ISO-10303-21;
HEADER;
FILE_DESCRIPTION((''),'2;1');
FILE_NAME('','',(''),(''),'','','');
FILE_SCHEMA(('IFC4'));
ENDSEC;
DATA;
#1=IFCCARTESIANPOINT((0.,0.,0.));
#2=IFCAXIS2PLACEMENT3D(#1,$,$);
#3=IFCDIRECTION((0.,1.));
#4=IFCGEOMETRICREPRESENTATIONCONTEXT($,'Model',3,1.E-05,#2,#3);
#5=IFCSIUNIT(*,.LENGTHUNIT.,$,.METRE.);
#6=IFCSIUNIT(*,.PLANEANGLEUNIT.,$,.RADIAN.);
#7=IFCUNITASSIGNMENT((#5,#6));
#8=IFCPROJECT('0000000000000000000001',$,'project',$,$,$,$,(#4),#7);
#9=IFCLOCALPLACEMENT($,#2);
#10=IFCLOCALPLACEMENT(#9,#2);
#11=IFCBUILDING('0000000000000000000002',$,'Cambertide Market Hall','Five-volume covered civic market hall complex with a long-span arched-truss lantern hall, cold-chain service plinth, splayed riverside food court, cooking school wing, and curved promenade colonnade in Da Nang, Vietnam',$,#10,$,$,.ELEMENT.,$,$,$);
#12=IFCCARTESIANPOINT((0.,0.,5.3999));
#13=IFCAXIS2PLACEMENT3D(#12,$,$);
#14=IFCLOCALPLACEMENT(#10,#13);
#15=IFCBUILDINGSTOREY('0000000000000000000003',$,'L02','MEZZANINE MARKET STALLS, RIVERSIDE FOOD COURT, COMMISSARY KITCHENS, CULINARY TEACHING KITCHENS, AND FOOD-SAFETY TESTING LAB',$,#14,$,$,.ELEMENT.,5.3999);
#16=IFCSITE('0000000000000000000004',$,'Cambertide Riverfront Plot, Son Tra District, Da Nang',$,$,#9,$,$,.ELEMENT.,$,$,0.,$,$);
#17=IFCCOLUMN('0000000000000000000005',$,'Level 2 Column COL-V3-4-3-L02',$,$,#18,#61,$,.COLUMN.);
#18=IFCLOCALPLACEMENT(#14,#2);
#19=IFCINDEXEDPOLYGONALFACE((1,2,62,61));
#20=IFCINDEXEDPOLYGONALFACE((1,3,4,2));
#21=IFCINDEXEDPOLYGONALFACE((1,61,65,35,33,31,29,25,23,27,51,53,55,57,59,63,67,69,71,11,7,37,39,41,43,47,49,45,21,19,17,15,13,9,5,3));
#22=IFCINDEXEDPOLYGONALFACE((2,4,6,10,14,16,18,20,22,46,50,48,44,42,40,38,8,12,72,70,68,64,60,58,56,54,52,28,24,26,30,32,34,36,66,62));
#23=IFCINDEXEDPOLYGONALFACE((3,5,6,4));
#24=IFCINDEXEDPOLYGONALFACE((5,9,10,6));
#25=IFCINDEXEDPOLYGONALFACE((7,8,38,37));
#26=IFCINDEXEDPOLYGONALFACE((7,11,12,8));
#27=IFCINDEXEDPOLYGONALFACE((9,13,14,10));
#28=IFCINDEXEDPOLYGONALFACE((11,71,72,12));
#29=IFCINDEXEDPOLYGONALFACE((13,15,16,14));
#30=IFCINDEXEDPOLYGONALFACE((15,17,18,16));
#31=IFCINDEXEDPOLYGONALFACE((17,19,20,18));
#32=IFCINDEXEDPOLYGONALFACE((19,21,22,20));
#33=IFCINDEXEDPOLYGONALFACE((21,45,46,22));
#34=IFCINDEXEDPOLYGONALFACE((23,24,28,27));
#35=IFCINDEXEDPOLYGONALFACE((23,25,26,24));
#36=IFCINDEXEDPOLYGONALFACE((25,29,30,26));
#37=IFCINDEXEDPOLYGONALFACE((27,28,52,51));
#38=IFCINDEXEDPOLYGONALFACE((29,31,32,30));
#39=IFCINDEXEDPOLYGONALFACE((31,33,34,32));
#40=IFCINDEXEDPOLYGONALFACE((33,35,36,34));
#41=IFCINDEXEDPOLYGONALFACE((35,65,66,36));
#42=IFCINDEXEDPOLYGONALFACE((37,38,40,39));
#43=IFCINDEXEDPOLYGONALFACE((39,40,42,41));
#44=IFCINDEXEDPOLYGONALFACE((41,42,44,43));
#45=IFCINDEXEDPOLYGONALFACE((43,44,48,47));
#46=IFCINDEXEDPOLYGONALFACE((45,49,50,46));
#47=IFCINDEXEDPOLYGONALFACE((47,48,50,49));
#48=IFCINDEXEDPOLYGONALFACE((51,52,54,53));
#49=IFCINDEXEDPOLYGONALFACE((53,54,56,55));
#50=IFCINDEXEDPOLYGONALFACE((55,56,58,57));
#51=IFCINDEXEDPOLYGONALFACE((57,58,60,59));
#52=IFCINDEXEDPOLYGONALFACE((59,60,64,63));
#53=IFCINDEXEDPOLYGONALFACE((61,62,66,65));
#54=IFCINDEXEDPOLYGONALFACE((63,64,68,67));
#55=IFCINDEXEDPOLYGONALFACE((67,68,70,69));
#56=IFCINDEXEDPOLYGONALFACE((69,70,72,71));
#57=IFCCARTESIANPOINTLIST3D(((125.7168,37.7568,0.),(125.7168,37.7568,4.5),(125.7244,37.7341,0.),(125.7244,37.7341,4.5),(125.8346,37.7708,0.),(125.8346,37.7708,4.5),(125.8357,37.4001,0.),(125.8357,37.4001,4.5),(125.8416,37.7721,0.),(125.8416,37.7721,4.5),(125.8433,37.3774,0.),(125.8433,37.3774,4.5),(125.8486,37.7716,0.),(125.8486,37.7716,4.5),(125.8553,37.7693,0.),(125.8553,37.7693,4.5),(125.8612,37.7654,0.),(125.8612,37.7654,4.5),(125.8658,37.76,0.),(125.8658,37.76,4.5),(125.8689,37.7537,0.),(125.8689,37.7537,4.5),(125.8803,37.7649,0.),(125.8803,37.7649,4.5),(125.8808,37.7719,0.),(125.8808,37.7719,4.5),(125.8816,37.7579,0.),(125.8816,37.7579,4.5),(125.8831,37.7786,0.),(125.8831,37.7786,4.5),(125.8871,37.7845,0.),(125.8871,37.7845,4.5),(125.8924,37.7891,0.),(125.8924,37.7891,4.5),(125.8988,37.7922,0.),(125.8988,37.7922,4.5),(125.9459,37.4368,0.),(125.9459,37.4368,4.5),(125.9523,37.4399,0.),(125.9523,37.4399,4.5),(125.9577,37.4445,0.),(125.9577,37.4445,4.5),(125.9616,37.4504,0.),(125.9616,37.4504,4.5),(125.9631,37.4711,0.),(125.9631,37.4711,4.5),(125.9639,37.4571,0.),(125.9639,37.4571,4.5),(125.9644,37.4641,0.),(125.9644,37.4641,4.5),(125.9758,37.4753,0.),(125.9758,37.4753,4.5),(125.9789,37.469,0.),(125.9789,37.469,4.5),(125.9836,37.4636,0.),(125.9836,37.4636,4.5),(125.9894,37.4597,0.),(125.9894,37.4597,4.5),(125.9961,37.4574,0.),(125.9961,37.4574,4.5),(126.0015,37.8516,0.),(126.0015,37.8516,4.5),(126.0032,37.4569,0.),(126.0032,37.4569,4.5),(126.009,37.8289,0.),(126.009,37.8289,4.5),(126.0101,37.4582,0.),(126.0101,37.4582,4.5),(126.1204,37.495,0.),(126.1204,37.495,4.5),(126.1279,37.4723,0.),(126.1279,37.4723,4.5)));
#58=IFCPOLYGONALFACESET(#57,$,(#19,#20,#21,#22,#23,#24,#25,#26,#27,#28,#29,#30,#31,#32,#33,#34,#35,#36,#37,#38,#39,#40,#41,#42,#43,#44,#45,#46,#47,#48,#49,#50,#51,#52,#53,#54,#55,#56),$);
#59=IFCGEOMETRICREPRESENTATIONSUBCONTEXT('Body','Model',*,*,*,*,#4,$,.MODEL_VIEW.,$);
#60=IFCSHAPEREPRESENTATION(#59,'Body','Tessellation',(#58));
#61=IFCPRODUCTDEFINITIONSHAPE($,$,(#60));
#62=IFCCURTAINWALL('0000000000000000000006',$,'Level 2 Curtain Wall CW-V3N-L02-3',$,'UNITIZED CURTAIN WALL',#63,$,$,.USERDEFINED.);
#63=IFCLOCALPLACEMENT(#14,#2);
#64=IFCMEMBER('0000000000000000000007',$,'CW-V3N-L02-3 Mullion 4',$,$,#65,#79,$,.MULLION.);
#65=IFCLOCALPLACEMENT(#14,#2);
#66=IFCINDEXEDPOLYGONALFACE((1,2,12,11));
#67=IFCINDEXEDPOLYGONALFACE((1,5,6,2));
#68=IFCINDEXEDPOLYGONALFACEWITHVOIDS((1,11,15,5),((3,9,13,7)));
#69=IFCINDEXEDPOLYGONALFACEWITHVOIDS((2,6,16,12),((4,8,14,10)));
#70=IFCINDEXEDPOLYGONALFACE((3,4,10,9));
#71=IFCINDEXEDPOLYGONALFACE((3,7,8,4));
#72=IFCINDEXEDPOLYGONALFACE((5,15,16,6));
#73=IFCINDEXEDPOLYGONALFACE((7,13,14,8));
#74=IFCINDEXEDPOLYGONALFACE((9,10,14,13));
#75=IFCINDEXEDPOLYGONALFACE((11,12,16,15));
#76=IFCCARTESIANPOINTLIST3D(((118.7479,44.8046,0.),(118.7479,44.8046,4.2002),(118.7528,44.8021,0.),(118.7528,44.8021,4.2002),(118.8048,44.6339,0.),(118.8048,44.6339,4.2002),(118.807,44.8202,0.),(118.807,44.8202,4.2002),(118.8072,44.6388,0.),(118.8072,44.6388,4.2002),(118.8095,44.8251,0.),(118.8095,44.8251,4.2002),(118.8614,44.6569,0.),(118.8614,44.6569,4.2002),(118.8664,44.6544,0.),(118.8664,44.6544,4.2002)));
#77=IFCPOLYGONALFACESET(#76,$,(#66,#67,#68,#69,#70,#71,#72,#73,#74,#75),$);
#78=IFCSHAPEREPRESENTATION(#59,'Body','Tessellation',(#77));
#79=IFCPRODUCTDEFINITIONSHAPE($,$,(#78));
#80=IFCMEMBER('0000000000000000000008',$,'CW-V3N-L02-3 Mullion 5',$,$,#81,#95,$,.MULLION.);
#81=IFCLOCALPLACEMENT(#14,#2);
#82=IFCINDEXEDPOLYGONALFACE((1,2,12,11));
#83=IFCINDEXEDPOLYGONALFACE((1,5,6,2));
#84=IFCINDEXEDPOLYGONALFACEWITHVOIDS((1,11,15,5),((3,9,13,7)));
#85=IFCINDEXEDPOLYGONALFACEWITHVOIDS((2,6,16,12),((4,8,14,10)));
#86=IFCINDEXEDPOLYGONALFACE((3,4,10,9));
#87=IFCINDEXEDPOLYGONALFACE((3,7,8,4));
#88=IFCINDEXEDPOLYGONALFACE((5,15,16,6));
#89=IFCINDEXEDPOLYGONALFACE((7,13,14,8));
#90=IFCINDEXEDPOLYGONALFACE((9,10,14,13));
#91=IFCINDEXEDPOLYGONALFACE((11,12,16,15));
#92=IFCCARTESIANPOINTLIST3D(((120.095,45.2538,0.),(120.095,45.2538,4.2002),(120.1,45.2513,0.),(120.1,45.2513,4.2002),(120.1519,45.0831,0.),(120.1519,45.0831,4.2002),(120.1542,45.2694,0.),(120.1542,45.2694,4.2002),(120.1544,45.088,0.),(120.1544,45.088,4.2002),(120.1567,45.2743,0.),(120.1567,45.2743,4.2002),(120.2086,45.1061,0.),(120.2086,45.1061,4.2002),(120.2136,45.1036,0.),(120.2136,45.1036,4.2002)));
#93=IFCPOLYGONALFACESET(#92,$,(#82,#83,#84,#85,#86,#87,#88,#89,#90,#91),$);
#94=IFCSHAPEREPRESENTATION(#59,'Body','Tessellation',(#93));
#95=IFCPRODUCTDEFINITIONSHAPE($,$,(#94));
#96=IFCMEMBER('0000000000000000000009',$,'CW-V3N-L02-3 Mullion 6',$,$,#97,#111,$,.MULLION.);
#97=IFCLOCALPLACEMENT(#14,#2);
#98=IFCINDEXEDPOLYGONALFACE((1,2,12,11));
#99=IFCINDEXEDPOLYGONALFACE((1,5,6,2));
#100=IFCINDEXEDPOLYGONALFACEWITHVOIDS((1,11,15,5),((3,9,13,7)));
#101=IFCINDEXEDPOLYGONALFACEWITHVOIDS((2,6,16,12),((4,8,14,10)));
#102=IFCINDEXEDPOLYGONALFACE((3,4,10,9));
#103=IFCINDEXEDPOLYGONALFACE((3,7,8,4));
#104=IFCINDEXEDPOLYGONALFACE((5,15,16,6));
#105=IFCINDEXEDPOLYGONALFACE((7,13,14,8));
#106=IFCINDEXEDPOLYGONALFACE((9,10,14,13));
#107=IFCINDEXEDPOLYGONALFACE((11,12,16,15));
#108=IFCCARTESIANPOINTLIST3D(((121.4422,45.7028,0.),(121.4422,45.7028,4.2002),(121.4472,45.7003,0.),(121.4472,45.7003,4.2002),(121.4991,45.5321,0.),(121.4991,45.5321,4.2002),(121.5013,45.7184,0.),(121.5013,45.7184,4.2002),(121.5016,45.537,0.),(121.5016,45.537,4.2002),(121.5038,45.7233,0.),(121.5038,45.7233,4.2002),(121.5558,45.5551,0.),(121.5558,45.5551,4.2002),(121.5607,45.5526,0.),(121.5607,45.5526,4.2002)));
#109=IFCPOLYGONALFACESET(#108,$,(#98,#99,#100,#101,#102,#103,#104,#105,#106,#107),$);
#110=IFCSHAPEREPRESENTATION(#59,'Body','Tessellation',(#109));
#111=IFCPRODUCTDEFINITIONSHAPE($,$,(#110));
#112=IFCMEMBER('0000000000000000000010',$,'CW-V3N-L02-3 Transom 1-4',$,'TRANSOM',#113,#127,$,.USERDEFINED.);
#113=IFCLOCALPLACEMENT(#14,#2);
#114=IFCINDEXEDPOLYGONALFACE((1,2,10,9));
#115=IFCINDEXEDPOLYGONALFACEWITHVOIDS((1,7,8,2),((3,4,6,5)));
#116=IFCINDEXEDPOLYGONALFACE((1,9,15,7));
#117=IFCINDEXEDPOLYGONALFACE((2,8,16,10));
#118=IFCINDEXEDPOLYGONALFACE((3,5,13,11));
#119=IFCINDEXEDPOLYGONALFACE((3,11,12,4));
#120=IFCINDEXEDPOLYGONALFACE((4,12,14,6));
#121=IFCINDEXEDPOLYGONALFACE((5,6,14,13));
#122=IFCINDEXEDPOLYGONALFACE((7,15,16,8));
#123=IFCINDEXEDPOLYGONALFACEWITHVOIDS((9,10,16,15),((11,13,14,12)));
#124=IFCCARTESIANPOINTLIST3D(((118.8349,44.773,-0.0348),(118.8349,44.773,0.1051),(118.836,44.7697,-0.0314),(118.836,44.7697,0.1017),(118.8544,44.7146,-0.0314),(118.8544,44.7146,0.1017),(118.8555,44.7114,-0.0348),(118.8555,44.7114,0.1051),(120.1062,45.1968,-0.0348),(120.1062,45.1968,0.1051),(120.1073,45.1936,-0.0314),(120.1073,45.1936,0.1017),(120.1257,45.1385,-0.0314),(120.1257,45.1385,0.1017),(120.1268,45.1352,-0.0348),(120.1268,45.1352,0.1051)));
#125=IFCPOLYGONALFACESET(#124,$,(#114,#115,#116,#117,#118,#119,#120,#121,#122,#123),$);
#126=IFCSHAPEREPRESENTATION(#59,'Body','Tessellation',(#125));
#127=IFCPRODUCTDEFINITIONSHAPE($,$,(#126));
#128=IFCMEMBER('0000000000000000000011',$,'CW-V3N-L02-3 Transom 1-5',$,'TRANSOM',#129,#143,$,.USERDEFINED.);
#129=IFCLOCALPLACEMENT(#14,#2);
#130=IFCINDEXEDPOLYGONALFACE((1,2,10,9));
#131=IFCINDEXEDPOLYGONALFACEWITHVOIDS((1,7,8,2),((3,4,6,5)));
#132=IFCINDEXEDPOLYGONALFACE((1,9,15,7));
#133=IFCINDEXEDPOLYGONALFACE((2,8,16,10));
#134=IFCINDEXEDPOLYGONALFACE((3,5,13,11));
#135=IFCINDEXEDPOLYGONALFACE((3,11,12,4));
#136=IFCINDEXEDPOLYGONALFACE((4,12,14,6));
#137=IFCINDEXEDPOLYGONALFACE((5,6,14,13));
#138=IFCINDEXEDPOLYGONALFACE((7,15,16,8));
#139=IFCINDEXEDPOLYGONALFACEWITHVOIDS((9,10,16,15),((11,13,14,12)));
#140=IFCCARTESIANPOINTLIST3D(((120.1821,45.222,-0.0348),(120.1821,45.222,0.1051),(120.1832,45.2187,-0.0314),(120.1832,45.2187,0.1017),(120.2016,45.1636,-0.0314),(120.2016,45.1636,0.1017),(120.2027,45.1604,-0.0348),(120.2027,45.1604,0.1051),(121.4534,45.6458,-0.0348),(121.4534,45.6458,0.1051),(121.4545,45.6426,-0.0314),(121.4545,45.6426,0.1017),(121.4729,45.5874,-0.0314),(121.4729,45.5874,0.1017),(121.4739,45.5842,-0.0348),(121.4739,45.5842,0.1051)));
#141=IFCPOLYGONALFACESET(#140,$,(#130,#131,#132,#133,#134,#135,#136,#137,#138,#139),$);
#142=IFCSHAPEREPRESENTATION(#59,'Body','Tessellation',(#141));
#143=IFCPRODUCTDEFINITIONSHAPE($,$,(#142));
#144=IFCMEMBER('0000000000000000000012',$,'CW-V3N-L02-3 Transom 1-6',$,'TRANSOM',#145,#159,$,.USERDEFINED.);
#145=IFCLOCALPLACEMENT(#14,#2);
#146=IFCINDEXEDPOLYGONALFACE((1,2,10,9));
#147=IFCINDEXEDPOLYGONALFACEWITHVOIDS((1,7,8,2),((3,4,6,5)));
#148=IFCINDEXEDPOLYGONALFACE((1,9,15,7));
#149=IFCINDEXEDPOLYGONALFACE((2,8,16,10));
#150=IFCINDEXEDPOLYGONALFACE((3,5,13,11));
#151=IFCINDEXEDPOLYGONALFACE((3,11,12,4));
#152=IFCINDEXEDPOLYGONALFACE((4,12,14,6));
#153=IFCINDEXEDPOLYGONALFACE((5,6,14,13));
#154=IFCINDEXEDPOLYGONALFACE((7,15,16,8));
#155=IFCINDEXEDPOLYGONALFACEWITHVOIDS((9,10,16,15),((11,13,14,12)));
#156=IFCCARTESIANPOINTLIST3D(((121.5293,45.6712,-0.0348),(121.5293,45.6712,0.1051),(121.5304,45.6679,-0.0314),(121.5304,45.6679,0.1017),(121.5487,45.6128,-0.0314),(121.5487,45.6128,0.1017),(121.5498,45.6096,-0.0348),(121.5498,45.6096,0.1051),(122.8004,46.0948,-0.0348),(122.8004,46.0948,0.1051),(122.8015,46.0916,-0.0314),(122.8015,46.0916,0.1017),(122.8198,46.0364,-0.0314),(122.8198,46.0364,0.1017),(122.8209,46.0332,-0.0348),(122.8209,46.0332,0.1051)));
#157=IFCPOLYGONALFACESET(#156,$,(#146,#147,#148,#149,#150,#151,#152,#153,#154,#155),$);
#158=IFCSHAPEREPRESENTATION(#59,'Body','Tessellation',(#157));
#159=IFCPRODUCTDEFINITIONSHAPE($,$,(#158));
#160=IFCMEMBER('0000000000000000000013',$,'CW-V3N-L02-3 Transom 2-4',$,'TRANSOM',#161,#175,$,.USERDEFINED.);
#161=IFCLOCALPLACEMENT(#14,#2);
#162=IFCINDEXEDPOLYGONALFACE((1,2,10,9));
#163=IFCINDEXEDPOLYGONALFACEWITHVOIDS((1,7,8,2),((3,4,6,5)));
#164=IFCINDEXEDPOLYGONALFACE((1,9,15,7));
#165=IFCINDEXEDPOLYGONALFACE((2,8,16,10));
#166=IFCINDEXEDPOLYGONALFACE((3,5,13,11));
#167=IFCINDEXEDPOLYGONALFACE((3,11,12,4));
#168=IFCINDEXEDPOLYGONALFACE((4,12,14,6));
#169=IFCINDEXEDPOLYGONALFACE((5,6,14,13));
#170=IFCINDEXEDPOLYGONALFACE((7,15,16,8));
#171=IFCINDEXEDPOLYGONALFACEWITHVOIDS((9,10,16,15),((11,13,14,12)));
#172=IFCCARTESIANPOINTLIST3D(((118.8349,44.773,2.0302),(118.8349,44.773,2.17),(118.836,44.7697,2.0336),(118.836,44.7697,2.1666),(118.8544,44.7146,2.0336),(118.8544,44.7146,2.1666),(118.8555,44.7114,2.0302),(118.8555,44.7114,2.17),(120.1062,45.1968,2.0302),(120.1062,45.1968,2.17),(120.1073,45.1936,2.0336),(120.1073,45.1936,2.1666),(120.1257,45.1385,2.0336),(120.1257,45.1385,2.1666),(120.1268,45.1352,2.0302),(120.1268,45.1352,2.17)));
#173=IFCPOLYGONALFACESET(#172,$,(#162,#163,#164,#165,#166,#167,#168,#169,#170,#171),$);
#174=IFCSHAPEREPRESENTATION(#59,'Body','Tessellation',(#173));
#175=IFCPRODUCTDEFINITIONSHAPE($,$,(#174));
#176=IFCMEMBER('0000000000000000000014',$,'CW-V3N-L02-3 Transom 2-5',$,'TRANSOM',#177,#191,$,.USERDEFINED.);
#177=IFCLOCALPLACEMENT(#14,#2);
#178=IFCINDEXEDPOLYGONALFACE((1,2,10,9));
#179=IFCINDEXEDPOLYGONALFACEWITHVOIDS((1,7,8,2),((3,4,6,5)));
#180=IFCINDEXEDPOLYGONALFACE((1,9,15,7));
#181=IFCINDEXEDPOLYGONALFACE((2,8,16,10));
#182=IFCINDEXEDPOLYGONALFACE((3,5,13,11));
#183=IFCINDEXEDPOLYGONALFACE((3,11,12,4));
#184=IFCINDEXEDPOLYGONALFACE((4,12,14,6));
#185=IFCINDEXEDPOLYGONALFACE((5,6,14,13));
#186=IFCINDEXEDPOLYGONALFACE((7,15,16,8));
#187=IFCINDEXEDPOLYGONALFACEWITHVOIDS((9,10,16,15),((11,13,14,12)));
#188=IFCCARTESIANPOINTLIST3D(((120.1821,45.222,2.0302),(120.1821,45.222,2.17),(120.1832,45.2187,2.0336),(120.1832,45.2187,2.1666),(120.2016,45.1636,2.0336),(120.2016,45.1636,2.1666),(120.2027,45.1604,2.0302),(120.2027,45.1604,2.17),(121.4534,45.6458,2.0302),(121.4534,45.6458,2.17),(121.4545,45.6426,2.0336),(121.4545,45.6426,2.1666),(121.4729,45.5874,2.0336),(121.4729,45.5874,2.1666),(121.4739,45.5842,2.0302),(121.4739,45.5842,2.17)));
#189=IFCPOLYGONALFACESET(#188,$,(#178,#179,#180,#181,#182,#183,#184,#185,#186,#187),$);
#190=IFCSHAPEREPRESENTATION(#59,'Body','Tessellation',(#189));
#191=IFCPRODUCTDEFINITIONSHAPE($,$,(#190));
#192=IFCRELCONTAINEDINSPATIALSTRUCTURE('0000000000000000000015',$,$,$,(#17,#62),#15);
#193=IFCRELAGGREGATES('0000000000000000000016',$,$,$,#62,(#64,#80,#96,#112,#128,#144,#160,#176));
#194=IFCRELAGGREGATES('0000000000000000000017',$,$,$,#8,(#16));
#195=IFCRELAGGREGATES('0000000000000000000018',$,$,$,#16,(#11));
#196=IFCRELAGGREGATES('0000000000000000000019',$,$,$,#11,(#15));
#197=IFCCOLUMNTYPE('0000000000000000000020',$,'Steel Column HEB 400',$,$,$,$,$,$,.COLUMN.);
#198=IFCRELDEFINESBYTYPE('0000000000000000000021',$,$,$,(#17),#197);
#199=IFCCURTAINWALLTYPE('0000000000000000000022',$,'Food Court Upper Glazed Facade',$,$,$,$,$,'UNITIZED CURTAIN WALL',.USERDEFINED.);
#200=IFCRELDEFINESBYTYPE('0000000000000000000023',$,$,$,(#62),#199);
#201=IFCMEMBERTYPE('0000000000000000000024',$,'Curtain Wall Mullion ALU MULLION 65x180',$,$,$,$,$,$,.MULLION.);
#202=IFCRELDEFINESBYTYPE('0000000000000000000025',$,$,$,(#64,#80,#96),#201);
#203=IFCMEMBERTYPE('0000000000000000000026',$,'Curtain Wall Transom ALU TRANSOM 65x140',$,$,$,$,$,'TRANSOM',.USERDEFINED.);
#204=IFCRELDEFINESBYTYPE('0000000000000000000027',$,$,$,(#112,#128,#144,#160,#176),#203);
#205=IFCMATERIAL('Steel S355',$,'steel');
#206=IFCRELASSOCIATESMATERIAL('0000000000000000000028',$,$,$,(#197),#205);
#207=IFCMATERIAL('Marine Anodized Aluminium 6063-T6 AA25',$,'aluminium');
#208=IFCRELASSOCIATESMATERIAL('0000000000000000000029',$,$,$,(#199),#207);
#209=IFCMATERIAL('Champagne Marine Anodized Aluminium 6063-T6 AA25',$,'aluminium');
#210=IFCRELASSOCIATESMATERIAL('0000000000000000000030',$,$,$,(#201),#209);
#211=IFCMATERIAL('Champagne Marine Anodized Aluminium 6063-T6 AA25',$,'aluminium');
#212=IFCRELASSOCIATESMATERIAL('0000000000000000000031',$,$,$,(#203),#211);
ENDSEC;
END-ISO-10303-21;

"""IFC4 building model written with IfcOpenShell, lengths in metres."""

from ifc_helpers import new_model, si_unit, direction, frame, origin, origin_2d, place, context, subcontext, project, spatial, hollow_rectangle, i_section, extrude, material, material_profile, profile_set, type_object, element, aggregate, save


model = new_model("IFC4")

# Units and contexts
model_context = context("Model", 3, precision=1e-05, world=origin(), true_north=direction((0.0, 1.0)))
body_context = subcontext(model_context, "Body", "Model", "MODEL_VIEW")
ifc_project = project(units=[si_unit("LENGTHUNIT", "METRE"), si_unit("PLANEANGLEUNIT", "RADIAN")], contexts=[model_context])

# Site, building, storey
site_placement = place(None, origin())
site = spatial("IfcSite", under=ifc_project, at=site_placement, Name="Cambertide Riverfront Plot, Son Tra District, Da Nang", CompositionType="ELEMENT", RefElevation=0.0)
building_placement = place(site_placement, origin())
building = spatial("IfcBuilding", under=site, at=building_placement, Name="Cambertide Market Hall", Description="Five-volume covered civic market hall complex with a long-span arched-truss lantern hall, cold-chain service plinth, splayed riverside food court, cooking school wing, and curved promenade colonnade in Da Nang, Vietnam", CompositionType="ELEMENT")
storey_placement = place(building_placement, frame((0.0, 0.0, 5.3999)))
storey = spatial("IfcBuildingStorey", under=building, at=storey_placement, Name="L02", Description="MEZZANINE MARKET STALLS, RIVERSIDE FOOD COURT, COMMISSARY KITCHENS, CULINARY TEACHING KITCHENS, AND FOOD-SAFETY TESTING LAB", CompositionType="ELEMENT", Elevation=5.3999)

# Column
ifc_material_1 = material(Name="Steel S355", Category="steel")
ifc_material_profile_1 = material_profile(ifc_material_1, i_section(OverallWidth=0.3, OverallDepth=0.3999, WebThickness=0.0134, FlangeThickness=0.0239, FilletRadius=0.0271, at=origin_2d()), Name="HEB 400")
ifc_profile_set_1 = profile_set([ifc_material_profile_1], Name="Steel S355")
column_type = type_object("IfcColumnType", Name="Steel Column HEB 400", PredefinedType="COLUMN", material=ifc_profile_set_1)
column_placement = place(storey_placement, frame((125.9224, 37.6145, 0.0), z_axis=(0.0, 0.0, 1.0), x_axis=(0.948683, 0.316228, 0.0)))
element("IfcColumn", 1, at=column_placement, inside=storey, type_object=column_type, Name="Level 2 Column COL-V3-4-3-L02", PredefinedType="COLUMN", context=body_context, shape_type="SweptSolid", body=[
    extrude(i_section(OverallWidth=0.3, OverallDepth=0.3999, WebThickness=0.0134, FlangeThickness=0.0239, FilletRadius=0.0271, at=origin_2d()), origin(), (0.0, 0.0, 1.0), 4.5),
])

# Curtain wall, members
ifc_material_2 = material(Name="Marine Anodized Aluminium 6063-T6 AA25", Category="aluminium")
curtain_wall_type = type_object("IfcCurtainWallType", Name="Food Court Upper Glazed Facade", ElementType="UNITIZED CURTAIN WALL", PredefinedType="USERDEFINED", material=ifc_material_2)
curtain_wall_placement = place(storey_placement, origin())
curtain_wall = element("IfcCurtainWall", 2, at=curtain_wall_placement, inside=storey, type_object=curtain_wall_type, Name="Level 2 Curtain Wall CW-V3N-L02-3", ObjectType="UNITIZED CURTAIN WALL", PredefinedType="USERDEFINED")
ifc_material_3 = material(Name="Champagne Marine Anodized Aluminium 6063-T6 AA25", Category="aluminium")
ifc_material_profile_2 = material_profile(ifc_material_3, hollow_rectangle(XDim=0.0649, YDim=0.1799, WallThickness=0.0039, at=origin_2d()), Name="ALU MULLION 65x180")
ifc_profile_set_2 = profile_set([ifc_material_profile_2], Name="Champagne Marine Anodized Aluminium 6063-T6 AA25")
member_type_1 = type_object("IfcMemberType", Name="Curtain Wall Mullion ALU MULLION 65x180", PredefinedType="MULLION", material=ifc_profile_set_2)
member_1_placement = place(storey_placement, frame((118.8071, 44.7295, 0.0), z_axis=(0.0, 0.0, 1.0), x_axis=(0.948683, 0.316228, 0.0)))
member_1 = element("IfcMember", 3, at=member_1_placement, type_object=member_type_1, Name="CW-V3N-L02-3 Mullion 4", PredefinedType="MULLION", context=body_context, shape_type="SweptSolid", body=[
    extrude(hollow_rectangle(XDim=0.0649, YDim=0.1799, WallThickness=0.0039, at=origin_2d()), origin(), (0.0, 0.0, 1.0), 4.2002),
])
member_2_placement = place(storey_placement, frame((120.1543, 45.1787, 0.0), z_axis=(0.0, 0.0, 1.0), x_axis=(0.948683, 0.316228, 0.0)))
member_2 = element("IfcMember", 4, at=member_2_placement, type_object=member_type_1, Name="CW-V3N-L02-3 Mullion 5", PredefinedType="MULLION", context=body_context, shape_type="SweptSolid", body=[
    extrude(hollow_rectangle(XDim=0.0649, YDim=0.1799, WallThickness=0.0039, at=origin_2d()), origin(), (0.0, 0.0, 1.0), 4.2002),
])
member_3_placement = place(storey_placement, frame((121.5015, 45.6277, 0.0), z_axis=(0.0, 0.0, 1.0), x_axis=(0.948683, 0.316228, 0.0)))
member_3 = element("IfcMember", 5, at=member_3_placement, type_object=member_type_1, Name="CW-V3N-L02-3 Mullion 6", PredefinedType="MULLION", context=body_context, shape_type="SweptSolid", body=[
    extrude(hollow_rectangle(XDim=0.0649, YDim=0.1799, WallThickness=0.0039, at=origin_2d()), origin(), (0.0, 0.0, 1.0), 4.2002),
])
ifc_material_4 = material(Name="Champagne Marine Anodized Aluminium 6063-T6 AA25", Category="aluminium")
ifc_material_profile_3 = material_profile(ifc_material_4, hollow_rectangle(XDim=0.0649, YDim=0.1399, WallThickness=0.0034, at=origin_2d()), Name="ALU TRANSOM 65x140")
ifc_profile_set_3 = profile_set([ifc_material_profile_3], Name="Champagne Marine Anodized Aluminium 6063-T6 AA25")
member_type_2 = type_object("IfcMemberType", Name="Curtain Wall Transom ALU TRANSOM 65x140", ElementType="TRANSOM", PredefinedType="USERDEFINED", material=ifc_profile_set_3)
member_4_placement = place(storey_placement, frame((118.8452, 44.7422, 0.0352), z_axis=(0.948665, 0.316282, 0.0), x_axis=(-0.316282, 0.948665, 0.0)))
member_4 = element("IfcMember", 6, at=member_4_placement, type_object=member_type_2, Name="CW-V3N-L02-3 Transom 1-4", ObjectType="TRANSOM", PredefinedType="USERDEFINED", context=body_context, shape_type="SweptSolid", body=[
    extrude(hollow_rectangle(XDim=0.0649, YDim=0.1399, WallThickness=0.0034, at=origin_2d()), origin(), (0.0, 0.0, 1.0), 1.3401),
])
member_5_placement = place(storey_placement, frame((120.1924, 45.1912, 0.0352), z_axis=(0.948665, 0.316282, 0.0), x_axis=(-0.316282, 0.948665, 0.0)))
member_5 = element("IfcMember", 7, at=member_5_placement, type_object=member_type_2, Name="CW-V3N-L02-3 Transom 1-5", ObjectType="TRANSOM", PredefinedType="USERDEFINED", context=body_context, shape_type="SweptSolid", body=[
    extrude(hollow_rectangle(XDim=0.0649, YDim=0.1399, WallThickness=0.0034, at=origin_2d()), origin(), (0.0, 0.0, 1.0), 1.3401),
])
member_6_placement = place(storey_placement, frame((121.5396, 45.6404, 0.0352), z_axis=(0.948702, 0.316173, 0.0), x_axis=(-0.316173, 0.948702, 0.0)))
member_6 = element("IfcMember", 8, at=member_6_placement, type_object=member_type_2, Name="CW-V3N-L02-3 Transom 1-6", ObjectType="TRANSOM", PredefinedType="USERDEFINED", context=body_context, shape_type="SweptSolid", body=[
    extrude(hollow_rectangle(XDim=0.0649, YDim=0.1399, WallThickness=0.0034, at=origin_2d()), origin(), (0.0, 0.0, 1.0), 1.3398),
])
member_7_placement = place(storey_placement, frame((118.8452, 44.7422, 2.1001), z_axis=(0.948665, 0.316282, 0.0), x_axis=(-0.316282, 0.948665, 0.0)))
member_7 = element("IfcMember", 9, at=member_7_placement, type_object=member_type_2, Name="CW-V3N-L02-3 Transom 2-4", ObjectType="TRANSOM", PredefinedType="USERDEFINED", context=body_context, shape_type="SweptSolid", body=[
    extrude(hollow_rectangle(XDim=0.0649, YDim=0.1399, WallThickness=0.0034, at=origin_2d()), origin(), (0.0, 0.0, 1.0), 1.3401),
])
member_8_placement = place(storey_placement, frame((120.1924, 45.1912, 2.1001), z_axis=(0.948665, 0.316282, 0.0), x_axis=(-0.316282, 0.948665, 0.0)))
member_8 = element("IfcMember", 10, at=member_8_placement, type_object=member_type_2, Name="CW-V3N-L02-3 Transom 2-5", ObjectType="TRANSOM", PredefinedType="USERDEFINED", context=body_context, shape_type="SweptSolid", body=[
    extrude(hollow_rectangle(XDim=0.0649, YDim=0.1399, WallThickness=0.0034, at=origin_2d()), origin(), (0.0, 0.0, 1.0), 1.3401),
])

aggregate(curtain_wall, [member_1, member_2, member_3, member_4, member_5, member_6, member_7, member_8])

save(model, "model.ifc")
